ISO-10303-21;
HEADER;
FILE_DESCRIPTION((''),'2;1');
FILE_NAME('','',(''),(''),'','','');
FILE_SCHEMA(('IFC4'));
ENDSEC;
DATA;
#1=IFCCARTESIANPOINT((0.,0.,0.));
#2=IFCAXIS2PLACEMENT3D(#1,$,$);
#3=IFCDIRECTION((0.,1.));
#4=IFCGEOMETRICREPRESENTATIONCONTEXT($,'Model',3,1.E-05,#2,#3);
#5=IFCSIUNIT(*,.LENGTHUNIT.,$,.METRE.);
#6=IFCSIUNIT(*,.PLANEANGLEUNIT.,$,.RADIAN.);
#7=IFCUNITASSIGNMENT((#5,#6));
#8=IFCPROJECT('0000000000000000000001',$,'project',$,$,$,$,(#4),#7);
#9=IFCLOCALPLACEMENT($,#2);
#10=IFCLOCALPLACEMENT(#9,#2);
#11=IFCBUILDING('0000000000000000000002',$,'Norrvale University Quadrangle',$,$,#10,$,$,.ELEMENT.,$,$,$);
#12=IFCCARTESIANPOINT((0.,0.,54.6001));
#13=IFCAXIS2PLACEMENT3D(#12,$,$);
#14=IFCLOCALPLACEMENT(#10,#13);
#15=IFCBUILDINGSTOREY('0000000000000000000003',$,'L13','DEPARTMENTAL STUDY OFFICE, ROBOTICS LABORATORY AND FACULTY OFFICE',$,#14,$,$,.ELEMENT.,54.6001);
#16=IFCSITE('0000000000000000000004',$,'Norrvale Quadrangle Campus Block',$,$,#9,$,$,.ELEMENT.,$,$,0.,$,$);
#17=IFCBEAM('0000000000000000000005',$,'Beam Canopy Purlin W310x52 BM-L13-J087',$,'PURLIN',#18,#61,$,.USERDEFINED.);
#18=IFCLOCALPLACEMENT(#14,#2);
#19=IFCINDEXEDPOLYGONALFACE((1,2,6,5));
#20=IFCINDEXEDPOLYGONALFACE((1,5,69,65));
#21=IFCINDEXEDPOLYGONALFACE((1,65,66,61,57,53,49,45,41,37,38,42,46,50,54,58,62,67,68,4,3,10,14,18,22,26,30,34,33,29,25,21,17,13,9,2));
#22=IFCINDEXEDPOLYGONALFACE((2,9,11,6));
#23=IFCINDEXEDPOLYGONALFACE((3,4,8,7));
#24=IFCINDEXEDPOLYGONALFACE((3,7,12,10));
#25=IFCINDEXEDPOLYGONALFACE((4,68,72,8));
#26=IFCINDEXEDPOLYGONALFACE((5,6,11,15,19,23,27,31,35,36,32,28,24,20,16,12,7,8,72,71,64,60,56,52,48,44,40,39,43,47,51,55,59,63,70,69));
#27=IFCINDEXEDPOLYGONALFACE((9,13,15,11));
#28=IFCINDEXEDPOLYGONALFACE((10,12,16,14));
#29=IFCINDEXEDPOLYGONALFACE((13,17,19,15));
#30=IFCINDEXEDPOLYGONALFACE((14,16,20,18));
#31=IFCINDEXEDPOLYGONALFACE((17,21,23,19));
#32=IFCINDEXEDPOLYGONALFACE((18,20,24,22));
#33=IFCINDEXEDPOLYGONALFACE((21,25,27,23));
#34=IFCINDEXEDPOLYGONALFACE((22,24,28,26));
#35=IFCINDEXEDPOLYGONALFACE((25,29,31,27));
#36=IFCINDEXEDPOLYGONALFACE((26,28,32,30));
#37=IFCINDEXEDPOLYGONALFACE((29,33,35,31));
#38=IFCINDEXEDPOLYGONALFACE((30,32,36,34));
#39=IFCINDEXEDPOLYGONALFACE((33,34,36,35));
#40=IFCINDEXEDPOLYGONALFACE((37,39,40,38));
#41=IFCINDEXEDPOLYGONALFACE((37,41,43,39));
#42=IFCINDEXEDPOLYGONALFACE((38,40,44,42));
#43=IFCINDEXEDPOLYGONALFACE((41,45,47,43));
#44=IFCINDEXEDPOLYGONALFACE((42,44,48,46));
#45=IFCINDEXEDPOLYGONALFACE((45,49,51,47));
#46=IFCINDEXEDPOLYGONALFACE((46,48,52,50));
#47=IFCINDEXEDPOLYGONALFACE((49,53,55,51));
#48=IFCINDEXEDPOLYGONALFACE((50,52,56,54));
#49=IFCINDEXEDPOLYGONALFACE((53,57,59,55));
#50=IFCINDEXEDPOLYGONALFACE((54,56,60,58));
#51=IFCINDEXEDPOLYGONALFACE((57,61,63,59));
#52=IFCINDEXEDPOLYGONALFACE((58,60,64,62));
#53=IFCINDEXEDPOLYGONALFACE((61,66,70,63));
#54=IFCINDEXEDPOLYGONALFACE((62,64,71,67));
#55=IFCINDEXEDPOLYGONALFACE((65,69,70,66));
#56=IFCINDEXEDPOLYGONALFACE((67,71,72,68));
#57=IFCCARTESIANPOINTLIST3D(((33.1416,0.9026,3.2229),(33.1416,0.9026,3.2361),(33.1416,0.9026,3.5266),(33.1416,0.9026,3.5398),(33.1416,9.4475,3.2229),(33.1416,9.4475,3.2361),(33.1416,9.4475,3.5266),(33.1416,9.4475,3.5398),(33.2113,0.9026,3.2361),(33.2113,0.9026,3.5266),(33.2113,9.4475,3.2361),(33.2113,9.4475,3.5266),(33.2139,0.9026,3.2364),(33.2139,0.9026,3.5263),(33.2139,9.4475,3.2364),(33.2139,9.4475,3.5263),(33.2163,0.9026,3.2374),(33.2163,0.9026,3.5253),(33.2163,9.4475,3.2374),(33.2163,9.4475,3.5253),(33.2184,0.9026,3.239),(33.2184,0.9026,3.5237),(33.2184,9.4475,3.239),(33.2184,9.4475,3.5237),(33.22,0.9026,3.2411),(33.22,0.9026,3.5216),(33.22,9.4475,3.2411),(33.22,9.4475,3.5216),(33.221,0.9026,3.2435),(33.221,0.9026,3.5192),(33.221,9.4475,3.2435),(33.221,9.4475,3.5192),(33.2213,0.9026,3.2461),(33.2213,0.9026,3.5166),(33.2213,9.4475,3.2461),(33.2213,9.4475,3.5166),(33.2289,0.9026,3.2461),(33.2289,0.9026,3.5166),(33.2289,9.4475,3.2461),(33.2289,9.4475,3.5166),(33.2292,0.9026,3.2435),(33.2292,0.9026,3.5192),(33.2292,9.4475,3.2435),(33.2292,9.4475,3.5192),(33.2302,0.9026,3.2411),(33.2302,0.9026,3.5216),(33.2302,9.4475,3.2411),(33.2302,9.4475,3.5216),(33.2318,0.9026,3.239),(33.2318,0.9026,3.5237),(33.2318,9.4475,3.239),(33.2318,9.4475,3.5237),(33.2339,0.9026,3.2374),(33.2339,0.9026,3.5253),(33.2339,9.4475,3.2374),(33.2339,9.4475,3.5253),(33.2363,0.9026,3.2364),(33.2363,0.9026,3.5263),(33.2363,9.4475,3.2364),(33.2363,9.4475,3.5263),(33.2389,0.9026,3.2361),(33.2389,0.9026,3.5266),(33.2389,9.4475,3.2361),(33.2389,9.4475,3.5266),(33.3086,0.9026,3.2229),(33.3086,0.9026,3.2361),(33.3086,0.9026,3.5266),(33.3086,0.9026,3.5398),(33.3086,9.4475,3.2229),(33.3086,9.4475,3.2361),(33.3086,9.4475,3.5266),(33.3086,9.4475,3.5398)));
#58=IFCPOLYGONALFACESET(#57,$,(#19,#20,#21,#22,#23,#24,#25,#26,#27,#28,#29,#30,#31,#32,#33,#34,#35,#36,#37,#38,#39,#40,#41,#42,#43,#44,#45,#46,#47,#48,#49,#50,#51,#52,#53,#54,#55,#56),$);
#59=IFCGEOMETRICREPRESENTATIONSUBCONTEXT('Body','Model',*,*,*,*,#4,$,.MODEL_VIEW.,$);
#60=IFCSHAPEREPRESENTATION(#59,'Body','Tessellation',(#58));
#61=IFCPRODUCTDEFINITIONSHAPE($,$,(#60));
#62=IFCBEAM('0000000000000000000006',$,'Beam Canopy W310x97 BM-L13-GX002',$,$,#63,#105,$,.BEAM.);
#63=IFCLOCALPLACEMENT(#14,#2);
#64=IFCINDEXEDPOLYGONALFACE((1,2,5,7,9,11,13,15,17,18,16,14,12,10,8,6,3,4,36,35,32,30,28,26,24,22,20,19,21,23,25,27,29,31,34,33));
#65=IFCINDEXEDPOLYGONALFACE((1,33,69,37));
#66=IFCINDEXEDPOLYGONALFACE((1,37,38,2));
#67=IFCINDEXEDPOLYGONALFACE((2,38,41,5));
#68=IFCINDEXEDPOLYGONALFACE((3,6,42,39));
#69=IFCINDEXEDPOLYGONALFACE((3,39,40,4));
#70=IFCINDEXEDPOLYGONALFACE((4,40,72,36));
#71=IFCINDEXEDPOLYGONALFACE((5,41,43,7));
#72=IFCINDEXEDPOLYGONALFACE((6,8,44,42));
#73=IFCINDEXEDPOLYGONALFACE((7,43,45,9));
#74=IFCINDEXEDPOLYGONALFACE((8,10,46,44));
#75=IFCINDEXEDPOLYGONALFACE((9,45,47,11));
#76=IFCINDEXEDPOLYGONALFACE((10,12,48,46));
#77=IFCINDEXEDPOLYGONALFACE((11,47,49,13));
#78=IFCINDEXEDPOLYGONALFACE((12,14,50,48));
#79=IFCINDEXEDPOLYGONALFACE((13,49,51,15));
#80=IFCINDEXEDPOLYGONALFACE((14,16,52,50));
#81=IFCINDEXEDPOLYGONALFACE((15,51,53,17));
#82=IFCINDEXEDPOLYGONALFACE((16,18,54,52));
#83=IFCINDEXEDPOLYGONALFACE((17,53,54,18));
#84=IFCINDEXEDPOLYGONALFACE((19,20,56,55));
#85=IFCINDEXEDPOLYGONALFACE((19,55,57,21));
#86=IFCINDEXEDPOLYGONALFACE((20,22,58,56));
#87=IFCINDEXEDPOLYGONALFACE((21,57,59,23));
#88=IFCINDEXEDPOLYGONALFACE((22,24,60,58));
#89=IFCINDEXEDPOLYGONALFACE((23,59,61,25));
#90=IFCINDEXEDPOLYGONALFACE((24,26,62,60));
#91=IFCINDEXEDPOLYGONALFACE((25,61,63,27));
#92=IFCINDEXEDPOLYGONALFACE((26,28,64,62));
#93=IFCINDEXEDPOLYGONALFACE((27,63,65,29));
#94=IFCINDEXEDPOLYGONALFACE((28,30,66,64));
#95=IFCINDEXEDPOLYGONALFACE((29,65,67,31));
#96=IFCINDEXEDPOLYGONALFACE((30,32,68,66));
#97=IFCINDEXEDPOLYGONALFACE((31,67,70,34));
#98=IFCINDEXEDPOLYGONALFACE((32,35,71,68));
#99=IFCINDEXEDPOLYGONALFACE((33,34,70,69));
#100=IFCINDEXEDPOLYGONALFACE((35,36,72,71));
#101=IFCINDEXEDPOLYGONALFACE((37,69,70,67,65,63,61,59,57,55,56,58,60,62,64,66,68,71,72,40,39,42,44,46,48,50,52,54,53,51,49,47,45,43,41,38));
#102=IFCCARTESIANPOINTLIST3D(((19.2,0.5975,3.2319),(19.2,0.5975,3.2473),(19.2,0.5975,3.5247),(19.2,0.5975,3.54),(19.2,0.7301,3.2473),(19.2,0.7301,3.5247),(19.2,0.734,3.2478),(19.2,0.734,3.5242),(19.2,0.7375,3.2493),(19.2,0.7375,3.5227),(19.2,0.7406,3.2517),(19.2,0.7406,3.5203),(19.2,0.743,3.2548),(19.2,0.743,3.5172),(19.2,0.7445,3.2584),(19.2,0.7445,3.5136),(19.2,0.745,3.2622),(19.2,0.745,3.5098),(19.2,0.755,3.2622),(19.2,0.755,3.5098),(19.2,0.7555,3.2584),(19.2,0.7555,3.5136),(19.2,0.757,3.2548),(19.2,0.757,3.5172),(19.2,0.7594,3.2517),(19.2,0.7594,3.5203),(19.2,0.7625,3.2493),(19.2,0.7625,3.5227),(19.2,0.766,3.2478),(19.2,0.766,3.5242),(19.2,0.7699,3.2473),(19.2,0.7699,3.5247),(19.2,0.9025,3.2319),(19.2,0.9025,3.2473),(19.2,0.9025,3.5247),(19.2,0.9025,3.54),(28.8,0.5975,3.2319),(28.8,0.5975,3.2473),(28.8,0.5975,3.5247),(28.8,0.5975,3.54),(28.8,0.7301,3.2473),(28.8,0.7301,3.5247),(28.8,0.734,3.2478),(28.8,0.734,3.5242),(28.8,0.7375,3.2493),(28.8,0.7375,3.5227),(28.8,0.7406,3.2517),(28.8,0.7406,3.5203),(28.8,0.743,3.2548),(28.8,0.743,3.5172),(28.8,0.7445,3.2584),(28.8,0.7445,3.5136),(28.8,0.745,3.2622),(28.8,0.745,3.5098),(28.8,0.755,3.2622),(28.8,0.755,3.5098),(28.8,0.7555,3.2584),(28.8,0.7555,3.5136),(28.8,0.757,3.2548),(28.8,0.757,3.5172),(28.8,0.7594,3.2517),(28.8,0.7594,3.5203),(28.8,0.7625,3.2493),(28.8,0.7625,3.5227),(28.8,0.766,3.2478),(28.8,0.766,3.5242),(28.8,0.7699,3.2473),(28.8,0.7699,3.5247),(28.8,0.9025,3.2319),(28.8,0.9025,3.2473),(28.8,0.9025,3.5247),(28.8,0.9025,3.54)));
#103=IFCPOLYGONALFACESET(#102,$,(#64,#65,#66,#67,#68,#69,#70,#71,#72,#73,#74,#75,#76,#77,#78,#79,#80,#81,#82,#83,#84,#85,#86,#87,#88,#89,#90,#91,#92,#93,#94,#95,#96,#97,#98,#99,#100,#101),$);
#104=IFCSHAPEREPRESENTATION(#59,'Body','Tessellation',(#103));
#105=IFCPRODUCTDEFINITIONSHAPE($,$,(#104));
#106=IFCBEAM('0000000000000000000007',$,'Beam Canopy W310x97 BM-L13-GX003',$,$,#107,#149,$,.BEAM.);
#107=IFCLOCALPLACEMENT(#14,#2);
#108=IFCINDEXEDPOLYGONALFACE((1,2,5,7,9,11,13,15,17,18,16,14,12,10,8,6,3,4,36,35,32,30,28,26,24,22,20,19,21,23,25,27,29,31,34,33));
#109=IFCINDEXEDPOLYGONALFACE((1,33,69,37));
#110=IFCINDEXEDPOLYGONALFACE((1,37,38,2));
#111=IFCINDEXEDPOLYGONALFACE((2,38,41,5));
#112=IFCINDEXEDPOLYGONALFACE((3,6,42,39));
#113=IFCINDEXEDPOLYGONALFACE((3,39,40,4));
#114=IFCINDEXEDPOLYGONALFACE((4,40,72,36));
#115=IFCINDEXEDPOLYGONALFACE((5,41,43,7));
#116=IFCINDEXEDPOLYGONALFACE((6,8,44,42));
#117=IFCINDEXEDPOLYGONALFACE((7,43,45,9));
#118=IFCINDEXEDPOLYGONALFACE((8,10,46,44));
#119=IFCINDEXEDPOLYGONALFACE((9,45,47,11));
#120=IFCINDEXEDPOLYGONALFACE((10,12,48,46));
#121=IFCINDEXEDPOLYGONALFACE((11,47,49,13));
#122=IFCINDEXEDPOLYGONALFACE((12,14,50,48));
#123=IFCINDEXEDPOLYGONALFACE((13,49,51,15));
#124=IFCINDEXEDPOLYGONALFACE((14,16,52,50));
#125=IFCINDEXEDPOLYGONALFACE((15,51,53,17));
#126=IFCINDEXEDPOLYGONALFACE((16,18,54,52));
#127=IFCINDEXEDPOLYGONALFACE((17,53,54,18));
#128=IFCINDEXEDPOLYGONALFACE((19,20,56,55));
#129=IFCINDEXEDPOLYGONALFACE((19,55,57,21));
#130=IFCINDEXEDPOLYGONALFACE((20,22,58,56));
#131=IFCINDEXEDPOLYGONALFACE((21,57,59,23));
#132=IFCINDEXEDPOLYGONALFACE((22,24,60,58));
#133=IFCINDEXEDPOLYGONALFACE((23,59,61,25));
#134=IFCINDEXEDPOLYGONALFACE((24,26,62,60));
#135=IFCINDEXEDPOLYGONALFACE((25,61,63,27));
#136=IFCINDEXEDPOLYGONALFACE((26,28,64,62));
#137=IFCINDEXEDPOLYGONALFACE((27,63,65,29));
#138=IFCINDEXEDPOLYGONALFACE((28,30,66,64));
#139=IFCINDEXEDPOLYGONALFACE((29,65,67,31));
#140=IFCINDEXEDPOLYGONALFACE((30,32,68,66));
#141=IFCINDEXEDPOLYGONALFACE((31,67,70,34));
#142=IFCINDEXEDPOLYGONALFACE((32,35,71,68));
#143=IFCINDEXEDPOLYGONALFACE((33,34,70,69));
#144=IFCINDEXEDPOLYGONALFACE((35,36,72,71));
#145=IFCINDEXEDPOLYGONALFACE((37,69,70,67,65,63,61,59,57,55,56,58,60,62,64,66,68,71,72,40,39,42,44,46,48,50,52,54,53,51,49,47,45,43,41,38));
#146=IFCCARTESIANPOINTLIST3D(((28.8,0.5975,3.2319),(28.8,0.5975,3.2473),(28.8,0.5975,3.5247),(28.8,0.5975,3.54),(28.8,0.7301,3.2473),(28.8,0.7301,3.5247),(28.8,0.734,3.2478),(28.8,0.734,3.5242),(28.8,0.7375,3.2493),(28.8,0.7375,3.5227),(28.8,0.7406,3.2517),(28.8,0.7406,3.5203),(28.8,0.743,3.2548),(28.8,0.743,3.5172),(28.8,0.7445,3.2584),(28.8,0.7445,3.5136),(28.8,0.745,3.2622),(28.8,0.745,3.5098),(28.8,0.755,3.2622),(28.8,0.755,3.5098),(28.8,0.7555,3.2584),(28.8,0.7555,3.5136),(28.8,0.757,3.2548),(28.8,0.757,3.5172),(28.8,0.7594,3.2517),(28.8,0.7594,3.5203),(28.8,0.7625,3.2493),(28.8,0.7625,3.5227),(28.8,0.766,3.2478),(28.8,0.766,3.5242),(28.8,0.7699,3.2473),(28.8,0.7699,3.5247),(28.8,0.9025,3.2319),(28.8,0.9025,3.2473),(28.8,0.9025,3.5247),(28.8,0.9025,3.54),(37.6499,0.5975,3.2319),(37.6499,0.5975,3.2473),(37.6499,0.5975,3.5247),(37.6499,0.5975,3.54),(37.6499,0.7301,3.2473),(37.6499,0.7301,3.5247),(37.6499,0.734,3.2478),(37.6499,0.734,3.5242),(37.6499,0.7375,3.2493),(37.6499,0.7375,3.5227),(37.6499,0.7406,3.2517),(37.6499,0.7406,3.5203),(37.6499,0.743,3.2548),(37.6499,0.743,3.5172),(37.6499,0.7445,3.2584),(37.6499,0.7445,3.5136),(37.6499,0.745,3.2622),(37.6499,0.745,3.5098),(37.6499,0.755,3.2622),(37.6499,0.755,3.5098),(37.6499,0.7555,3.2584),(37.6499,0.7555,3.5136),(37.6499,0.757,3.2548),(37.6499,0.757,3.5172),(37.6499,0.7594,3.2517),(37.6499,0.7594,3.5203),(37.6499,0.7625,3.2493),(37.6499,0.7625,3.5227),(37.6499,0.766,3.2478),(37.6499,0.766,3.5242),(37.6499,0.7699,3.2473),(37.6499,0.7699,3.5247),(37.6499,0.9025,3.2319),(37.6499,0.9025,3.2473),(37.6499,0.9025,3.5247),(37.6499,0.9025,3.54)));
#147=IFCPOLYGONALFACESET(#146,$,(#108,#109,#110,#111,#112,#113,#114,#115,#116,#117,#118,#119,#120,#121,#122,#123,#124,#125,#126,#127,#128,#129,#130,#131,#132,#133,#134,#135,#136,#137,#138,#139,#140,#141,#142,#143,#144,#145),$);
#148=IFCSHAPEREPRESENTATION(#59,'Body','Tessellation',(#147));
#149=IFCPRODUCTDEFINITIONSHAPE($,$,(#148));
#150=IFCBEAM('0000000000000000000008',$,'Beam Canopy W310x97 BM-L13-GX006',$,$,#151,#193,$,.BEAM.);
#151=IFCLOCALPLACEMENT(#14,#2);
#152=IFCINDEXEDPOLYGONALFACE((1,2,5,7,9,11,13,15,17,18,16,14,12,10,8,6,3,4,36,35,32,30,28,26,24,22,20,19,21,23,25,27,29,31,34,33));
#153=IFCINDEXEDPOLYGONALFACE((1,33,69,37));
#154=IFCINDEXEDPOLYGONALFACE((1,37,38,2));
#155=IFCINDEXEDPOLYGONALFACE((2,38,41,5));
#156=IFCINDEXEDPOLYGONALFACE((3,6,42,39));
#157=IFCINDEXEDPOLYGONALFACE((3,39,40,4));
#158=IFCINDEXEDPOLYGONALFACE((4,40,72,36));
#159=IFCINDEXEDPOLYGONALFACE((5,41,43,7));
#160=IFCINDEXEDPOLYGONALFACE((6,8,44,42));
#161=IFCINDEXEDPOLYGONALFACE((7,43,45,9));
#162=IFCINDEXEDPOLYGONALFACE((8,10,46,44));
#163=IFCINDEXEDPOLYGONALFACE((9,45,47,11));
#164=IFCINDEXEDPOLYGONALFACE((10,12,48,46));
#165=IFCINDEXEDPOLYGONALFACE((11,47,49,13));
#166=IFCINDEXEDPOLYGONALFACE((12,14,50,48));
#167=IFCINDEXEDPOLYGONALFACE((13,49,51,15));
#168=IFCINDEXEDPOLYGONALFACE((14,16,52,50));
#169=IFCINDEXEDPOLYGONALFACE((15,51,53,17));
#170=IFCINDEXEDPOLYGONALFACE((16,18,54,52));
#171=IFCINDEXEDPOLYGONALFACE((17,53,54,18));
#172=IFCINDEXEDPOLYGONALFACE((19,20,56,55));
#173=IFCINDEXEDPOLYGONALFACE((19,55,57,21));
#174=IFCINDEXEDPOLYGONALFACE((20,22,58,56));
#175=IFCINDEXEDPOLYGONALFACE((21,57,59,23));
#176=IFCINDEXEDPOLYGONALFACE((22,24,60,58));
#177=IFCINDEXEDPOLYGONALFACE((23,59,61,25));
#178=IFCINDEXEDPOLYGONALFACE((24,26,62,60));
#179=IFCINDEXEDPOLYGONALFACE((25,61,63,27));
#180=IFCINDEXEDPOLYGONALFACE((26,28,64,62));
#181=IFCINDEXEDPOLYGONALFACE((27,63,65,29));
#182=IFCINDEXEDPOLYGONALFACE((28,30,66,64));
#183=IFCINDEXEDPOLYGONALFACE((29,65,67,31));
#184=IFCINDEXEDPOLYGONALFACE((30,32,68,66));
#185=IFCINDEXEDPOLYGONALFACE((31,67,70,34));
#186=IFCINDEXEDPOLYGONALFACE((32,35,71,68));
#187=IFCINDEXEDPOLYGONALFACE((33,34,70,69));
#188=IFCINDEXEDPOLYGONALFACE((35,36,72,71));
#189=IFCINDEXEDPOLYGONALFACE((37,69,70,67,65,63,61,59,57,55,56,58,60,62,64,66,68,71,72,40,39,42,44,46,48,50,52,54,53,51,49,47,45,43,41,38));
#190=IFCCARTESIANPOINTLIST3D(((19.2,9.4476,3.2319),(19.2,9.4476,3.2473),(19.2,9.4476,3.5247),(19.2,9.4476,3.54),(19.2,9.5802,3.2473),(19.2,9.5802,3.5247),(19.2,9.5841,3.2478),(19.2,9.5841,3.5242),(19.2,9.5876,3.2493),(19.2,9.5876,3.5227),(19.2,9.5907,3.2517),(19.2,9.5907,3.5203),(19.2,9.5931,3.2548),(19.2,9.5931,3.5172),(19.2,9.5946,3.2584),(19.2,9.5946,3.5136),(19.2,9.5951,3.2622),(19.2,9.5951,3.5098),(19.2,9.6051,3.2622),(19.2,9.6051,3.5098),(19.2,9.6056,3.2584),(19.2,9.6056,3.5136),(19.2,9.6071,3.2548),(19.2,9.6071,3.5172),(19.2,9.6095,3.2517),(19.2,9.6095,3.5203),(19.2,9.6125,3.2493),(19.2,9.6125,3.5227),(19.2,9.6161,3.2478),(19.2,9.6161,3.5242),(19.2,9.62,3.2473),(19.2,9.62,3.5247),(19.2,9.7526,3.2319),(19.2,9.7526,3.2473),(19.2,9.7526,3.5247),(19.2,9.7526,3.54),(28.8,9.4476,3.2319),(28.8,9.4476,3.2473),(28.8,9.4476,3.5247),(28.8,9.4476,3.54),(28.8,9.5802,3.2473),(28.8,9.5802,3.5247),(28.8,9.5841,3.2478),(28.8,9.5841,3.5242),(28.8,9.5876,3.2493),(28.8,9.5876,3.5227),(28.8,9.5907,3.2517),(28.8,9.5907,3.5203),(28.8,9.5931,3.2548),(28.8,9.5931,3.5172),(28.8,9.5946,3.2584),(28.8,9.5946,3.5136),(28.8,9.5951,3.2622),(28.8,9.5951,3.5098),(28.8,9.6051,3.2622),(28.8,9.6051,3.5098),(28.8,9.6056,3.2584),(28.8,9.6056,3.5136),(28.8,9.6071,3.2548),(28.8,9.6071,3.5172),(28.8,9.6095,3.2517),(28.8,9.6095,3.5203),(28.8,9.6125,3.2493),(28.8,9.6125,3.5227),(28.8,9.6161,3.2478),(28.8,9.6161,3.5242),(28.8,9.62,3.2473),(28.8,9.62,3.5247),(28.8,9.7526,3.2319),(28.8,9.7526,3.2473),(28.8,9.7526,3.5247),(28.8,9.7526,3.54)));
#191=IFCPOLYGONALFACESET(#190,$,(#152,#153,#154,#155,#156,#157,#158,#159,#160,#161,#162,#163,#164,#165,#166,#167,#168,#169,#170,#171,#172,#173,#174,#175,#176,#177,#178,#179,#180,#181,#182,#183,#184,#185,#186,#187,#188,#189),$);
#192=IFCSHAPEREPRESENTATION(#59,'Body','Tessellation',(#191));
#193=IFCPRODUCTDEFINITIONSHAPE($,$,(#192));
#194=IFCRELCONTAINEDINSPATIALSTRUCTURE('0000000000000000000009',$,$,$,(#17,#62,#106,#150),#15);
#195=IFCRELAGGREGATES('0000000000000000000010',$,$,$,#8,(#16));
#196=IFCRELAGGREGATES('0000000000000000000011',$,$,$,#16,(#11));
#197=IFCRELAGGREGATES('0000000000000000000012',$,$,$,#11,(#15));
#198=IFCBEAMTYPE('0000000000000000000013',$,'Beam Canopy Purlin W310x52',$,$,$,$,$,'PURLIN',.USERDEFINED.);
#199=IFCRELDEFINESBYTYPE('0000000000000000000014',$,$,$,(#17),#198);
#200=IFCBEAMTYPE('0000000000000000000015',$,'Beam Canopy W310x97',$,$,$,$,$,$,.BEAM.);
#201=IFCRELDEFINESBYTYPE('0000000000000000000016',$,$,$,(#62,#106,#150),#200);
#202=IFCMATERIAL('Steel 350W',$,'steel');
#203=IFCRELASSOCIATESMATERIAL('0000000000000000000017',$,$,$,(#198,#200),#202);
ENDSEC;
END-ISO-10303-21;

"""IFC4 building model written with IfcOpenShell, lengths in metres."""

from ifc_helpers import new_model, si_unit, direction, frame, origin, origin_2d, place, context, subcontext, project, spatial, i_section, extrude, material, material_profile, profile_set, type_object, element, save


model = new_model("IFC4")

# Units and contexts
model_context = context("Model", 3, precision=1e-05, world=origin(), true_north=direction((0.0, 1.0)))
body_context = subcontext(model_context, "Body", "Model", "MODEL_VIEW")
ifc_project = project(units=[si_unit("LENGTHUNIT", "METRE"), si_unit("PLANEANGLEUNIT", "RADIAN")], contexts=[model_context])

# Site, building, storey
site_placement = place(None, origin())
site = spatial("IfcSite", under=ifc_project, at=site_placement, Name="Norrvale Quadrangle Campus Block", CompositionType="ELEMENT", RefElevation=0.0)
building_placement = place(site_placement, origin())
building = spatial("IfcBuilding", under=site, at=building_placement, Name="Norrvale University Quadrangle", CompositionType="ELEMENT")
storey_placement = place(building_placement, frame((0.0, 0.0, 54.6001)))
storey = spatial("IfcBuildingStorey", under=building, at=storey_placement, Name="L13", Description="DEPARTMENTAL STUDY OFFICE, ROBOTICS LABORATORY AND FACULTY OFFICE", CompositionType="ELEMENT", Elevation=54.6001)

# Beams
ifc_material_1 = material(Name="Steel 350W", Category="steel")
ifc_material_profile_1 = material_profile(ifc_material_1, i_section(OverallWidth=0.167, OverallDepth=0.3169, WebThickness=0.0076, FlangeThickness=0.0132, FilletRadius=0.01, at=origin_2d()), Name="Steel 350W")
ifc_profile_set_1 = profile_set([ifc_material_profile_1], Name="Steel 350W")
beam_type_1 = type_object("IfcBeamType", Name="Beam Canopy Purlin W310x52", ElementType="PURLIN", PredefinedType="USERDEFINED", material=ifc_profile_set_1)
beam_1_placement = place(storey_placement, frame((33.2251, 0.9026, 3.3813), z_axis=(0.0, 1.0, 0.0), x_axis=(-1.0, 0.0, 0.0)))
element("IfcBeam", 1, at=beam_1_placement, inside=storey, type_object=beam_type_1, Name="Beam Canopy Purlin W310x52 BM-L13-J087", ObjectType="PURLIN", PredefinedType="USERDEFINED", context=body_context, shape_type="SweptSolid", body=[
    extrude(i_section(OverallWidth=0.167, OverallDepth=0.3169, WebThickness=0.0076, FlangeThickness=0.0132, FilletRadius=0.01, at=origin_2d()), origin(), (0.0, 0.0, 1.0), 8.5449),
])
ifc_material_profile_2 = material_profile(ifc_material_1, i_section(OverallWidth=0.3049, OverallDepth=0.3081, WebThickness=0.01, FlangeThickness=0.0154, FilletRadius=0.0149, at=origin_2d()), Name="Steel 350W")
ifc_profile_set_2 = profile_set([ifc_material_profile_2], Name="Steel 350W")
beam_type_2 = type_object("IfcBeamType", Name="Beam Canopy W310x97", PredefinedType="BEAM", material=ifc_profile_set_2)
beam_2_placement = place(storey_placement, frame((19.2, 0.75, 3.386), z_axis=(1.0, 0.0, 0.0), x_axis=(0.0, 1.0, 0.0)))
element("IfcBeam", 2, at=beam_2_placement, inside=storey, type_object=beam_type_2, Name="Beam Canopy W310x97 BM-L13-GX002", PredefinedType="BEAM", context=body_context, shape_type="SweptSolid", body=[
    extrude(i_section(OverallWidth=0.3049, OverallDepth=0.3081, WebThickness=0.01, FlangeThickness=0.0154, FilletRadius=0.0149, at=origin_2d()), origin(), (0.0, 0.0, 1.0), 9.6001),
])
beam_3_placement = place(storey_placement, frame((28.8, 0.75, 3.386), z_axis=(1.0, 0.0, 0.0), x_axis=(0.0, 1.0, 0.0)))
element("IfcBeam", 3, at=beam_3_placement, inside=storey, type_object=beam_type_2, Name="Beam Canopy W310x97 BM-L13-GX003", PredefinedType="BEAM", context=body_context, shape_type="SweptSolid", body=[
    extrude(i_section(OverallWidth=0.3049, OverallDepth=0.3081, WebThickness=0.01, FlangeThickness=0.0154, FilletRadius=0.0149, at=origin_2d()), origin(), (0.0, 0.0, 1.0), 8.8499),
])
beam_4_placement = place(storey_placement, frame((19.2, 9.6001, 3.386), z_axis=(1.0, 0.0, 0.0), x_axis=(0.0, 1.0, 0.0)))
element("IfcBeam", 4, at=beam_4_placement, inside=storey, type_object=beam_type_2, Name="Beam Canopy W310x97 BM-L13-GX006", PredefinedType="BEAM", context=body_context, shape_type="SweptSolid", body=[
    extrude(i_section(OverallWidth=0.3049, OverallDepth=0.3081, WebThickness=0.01, FlangeThickness=0.0154, FilletRadius=0.0149, at=origin_2d()), origin(), (0.0, 0.0, 1.0), 9.6001),
])

save(model, "model.ifc")
